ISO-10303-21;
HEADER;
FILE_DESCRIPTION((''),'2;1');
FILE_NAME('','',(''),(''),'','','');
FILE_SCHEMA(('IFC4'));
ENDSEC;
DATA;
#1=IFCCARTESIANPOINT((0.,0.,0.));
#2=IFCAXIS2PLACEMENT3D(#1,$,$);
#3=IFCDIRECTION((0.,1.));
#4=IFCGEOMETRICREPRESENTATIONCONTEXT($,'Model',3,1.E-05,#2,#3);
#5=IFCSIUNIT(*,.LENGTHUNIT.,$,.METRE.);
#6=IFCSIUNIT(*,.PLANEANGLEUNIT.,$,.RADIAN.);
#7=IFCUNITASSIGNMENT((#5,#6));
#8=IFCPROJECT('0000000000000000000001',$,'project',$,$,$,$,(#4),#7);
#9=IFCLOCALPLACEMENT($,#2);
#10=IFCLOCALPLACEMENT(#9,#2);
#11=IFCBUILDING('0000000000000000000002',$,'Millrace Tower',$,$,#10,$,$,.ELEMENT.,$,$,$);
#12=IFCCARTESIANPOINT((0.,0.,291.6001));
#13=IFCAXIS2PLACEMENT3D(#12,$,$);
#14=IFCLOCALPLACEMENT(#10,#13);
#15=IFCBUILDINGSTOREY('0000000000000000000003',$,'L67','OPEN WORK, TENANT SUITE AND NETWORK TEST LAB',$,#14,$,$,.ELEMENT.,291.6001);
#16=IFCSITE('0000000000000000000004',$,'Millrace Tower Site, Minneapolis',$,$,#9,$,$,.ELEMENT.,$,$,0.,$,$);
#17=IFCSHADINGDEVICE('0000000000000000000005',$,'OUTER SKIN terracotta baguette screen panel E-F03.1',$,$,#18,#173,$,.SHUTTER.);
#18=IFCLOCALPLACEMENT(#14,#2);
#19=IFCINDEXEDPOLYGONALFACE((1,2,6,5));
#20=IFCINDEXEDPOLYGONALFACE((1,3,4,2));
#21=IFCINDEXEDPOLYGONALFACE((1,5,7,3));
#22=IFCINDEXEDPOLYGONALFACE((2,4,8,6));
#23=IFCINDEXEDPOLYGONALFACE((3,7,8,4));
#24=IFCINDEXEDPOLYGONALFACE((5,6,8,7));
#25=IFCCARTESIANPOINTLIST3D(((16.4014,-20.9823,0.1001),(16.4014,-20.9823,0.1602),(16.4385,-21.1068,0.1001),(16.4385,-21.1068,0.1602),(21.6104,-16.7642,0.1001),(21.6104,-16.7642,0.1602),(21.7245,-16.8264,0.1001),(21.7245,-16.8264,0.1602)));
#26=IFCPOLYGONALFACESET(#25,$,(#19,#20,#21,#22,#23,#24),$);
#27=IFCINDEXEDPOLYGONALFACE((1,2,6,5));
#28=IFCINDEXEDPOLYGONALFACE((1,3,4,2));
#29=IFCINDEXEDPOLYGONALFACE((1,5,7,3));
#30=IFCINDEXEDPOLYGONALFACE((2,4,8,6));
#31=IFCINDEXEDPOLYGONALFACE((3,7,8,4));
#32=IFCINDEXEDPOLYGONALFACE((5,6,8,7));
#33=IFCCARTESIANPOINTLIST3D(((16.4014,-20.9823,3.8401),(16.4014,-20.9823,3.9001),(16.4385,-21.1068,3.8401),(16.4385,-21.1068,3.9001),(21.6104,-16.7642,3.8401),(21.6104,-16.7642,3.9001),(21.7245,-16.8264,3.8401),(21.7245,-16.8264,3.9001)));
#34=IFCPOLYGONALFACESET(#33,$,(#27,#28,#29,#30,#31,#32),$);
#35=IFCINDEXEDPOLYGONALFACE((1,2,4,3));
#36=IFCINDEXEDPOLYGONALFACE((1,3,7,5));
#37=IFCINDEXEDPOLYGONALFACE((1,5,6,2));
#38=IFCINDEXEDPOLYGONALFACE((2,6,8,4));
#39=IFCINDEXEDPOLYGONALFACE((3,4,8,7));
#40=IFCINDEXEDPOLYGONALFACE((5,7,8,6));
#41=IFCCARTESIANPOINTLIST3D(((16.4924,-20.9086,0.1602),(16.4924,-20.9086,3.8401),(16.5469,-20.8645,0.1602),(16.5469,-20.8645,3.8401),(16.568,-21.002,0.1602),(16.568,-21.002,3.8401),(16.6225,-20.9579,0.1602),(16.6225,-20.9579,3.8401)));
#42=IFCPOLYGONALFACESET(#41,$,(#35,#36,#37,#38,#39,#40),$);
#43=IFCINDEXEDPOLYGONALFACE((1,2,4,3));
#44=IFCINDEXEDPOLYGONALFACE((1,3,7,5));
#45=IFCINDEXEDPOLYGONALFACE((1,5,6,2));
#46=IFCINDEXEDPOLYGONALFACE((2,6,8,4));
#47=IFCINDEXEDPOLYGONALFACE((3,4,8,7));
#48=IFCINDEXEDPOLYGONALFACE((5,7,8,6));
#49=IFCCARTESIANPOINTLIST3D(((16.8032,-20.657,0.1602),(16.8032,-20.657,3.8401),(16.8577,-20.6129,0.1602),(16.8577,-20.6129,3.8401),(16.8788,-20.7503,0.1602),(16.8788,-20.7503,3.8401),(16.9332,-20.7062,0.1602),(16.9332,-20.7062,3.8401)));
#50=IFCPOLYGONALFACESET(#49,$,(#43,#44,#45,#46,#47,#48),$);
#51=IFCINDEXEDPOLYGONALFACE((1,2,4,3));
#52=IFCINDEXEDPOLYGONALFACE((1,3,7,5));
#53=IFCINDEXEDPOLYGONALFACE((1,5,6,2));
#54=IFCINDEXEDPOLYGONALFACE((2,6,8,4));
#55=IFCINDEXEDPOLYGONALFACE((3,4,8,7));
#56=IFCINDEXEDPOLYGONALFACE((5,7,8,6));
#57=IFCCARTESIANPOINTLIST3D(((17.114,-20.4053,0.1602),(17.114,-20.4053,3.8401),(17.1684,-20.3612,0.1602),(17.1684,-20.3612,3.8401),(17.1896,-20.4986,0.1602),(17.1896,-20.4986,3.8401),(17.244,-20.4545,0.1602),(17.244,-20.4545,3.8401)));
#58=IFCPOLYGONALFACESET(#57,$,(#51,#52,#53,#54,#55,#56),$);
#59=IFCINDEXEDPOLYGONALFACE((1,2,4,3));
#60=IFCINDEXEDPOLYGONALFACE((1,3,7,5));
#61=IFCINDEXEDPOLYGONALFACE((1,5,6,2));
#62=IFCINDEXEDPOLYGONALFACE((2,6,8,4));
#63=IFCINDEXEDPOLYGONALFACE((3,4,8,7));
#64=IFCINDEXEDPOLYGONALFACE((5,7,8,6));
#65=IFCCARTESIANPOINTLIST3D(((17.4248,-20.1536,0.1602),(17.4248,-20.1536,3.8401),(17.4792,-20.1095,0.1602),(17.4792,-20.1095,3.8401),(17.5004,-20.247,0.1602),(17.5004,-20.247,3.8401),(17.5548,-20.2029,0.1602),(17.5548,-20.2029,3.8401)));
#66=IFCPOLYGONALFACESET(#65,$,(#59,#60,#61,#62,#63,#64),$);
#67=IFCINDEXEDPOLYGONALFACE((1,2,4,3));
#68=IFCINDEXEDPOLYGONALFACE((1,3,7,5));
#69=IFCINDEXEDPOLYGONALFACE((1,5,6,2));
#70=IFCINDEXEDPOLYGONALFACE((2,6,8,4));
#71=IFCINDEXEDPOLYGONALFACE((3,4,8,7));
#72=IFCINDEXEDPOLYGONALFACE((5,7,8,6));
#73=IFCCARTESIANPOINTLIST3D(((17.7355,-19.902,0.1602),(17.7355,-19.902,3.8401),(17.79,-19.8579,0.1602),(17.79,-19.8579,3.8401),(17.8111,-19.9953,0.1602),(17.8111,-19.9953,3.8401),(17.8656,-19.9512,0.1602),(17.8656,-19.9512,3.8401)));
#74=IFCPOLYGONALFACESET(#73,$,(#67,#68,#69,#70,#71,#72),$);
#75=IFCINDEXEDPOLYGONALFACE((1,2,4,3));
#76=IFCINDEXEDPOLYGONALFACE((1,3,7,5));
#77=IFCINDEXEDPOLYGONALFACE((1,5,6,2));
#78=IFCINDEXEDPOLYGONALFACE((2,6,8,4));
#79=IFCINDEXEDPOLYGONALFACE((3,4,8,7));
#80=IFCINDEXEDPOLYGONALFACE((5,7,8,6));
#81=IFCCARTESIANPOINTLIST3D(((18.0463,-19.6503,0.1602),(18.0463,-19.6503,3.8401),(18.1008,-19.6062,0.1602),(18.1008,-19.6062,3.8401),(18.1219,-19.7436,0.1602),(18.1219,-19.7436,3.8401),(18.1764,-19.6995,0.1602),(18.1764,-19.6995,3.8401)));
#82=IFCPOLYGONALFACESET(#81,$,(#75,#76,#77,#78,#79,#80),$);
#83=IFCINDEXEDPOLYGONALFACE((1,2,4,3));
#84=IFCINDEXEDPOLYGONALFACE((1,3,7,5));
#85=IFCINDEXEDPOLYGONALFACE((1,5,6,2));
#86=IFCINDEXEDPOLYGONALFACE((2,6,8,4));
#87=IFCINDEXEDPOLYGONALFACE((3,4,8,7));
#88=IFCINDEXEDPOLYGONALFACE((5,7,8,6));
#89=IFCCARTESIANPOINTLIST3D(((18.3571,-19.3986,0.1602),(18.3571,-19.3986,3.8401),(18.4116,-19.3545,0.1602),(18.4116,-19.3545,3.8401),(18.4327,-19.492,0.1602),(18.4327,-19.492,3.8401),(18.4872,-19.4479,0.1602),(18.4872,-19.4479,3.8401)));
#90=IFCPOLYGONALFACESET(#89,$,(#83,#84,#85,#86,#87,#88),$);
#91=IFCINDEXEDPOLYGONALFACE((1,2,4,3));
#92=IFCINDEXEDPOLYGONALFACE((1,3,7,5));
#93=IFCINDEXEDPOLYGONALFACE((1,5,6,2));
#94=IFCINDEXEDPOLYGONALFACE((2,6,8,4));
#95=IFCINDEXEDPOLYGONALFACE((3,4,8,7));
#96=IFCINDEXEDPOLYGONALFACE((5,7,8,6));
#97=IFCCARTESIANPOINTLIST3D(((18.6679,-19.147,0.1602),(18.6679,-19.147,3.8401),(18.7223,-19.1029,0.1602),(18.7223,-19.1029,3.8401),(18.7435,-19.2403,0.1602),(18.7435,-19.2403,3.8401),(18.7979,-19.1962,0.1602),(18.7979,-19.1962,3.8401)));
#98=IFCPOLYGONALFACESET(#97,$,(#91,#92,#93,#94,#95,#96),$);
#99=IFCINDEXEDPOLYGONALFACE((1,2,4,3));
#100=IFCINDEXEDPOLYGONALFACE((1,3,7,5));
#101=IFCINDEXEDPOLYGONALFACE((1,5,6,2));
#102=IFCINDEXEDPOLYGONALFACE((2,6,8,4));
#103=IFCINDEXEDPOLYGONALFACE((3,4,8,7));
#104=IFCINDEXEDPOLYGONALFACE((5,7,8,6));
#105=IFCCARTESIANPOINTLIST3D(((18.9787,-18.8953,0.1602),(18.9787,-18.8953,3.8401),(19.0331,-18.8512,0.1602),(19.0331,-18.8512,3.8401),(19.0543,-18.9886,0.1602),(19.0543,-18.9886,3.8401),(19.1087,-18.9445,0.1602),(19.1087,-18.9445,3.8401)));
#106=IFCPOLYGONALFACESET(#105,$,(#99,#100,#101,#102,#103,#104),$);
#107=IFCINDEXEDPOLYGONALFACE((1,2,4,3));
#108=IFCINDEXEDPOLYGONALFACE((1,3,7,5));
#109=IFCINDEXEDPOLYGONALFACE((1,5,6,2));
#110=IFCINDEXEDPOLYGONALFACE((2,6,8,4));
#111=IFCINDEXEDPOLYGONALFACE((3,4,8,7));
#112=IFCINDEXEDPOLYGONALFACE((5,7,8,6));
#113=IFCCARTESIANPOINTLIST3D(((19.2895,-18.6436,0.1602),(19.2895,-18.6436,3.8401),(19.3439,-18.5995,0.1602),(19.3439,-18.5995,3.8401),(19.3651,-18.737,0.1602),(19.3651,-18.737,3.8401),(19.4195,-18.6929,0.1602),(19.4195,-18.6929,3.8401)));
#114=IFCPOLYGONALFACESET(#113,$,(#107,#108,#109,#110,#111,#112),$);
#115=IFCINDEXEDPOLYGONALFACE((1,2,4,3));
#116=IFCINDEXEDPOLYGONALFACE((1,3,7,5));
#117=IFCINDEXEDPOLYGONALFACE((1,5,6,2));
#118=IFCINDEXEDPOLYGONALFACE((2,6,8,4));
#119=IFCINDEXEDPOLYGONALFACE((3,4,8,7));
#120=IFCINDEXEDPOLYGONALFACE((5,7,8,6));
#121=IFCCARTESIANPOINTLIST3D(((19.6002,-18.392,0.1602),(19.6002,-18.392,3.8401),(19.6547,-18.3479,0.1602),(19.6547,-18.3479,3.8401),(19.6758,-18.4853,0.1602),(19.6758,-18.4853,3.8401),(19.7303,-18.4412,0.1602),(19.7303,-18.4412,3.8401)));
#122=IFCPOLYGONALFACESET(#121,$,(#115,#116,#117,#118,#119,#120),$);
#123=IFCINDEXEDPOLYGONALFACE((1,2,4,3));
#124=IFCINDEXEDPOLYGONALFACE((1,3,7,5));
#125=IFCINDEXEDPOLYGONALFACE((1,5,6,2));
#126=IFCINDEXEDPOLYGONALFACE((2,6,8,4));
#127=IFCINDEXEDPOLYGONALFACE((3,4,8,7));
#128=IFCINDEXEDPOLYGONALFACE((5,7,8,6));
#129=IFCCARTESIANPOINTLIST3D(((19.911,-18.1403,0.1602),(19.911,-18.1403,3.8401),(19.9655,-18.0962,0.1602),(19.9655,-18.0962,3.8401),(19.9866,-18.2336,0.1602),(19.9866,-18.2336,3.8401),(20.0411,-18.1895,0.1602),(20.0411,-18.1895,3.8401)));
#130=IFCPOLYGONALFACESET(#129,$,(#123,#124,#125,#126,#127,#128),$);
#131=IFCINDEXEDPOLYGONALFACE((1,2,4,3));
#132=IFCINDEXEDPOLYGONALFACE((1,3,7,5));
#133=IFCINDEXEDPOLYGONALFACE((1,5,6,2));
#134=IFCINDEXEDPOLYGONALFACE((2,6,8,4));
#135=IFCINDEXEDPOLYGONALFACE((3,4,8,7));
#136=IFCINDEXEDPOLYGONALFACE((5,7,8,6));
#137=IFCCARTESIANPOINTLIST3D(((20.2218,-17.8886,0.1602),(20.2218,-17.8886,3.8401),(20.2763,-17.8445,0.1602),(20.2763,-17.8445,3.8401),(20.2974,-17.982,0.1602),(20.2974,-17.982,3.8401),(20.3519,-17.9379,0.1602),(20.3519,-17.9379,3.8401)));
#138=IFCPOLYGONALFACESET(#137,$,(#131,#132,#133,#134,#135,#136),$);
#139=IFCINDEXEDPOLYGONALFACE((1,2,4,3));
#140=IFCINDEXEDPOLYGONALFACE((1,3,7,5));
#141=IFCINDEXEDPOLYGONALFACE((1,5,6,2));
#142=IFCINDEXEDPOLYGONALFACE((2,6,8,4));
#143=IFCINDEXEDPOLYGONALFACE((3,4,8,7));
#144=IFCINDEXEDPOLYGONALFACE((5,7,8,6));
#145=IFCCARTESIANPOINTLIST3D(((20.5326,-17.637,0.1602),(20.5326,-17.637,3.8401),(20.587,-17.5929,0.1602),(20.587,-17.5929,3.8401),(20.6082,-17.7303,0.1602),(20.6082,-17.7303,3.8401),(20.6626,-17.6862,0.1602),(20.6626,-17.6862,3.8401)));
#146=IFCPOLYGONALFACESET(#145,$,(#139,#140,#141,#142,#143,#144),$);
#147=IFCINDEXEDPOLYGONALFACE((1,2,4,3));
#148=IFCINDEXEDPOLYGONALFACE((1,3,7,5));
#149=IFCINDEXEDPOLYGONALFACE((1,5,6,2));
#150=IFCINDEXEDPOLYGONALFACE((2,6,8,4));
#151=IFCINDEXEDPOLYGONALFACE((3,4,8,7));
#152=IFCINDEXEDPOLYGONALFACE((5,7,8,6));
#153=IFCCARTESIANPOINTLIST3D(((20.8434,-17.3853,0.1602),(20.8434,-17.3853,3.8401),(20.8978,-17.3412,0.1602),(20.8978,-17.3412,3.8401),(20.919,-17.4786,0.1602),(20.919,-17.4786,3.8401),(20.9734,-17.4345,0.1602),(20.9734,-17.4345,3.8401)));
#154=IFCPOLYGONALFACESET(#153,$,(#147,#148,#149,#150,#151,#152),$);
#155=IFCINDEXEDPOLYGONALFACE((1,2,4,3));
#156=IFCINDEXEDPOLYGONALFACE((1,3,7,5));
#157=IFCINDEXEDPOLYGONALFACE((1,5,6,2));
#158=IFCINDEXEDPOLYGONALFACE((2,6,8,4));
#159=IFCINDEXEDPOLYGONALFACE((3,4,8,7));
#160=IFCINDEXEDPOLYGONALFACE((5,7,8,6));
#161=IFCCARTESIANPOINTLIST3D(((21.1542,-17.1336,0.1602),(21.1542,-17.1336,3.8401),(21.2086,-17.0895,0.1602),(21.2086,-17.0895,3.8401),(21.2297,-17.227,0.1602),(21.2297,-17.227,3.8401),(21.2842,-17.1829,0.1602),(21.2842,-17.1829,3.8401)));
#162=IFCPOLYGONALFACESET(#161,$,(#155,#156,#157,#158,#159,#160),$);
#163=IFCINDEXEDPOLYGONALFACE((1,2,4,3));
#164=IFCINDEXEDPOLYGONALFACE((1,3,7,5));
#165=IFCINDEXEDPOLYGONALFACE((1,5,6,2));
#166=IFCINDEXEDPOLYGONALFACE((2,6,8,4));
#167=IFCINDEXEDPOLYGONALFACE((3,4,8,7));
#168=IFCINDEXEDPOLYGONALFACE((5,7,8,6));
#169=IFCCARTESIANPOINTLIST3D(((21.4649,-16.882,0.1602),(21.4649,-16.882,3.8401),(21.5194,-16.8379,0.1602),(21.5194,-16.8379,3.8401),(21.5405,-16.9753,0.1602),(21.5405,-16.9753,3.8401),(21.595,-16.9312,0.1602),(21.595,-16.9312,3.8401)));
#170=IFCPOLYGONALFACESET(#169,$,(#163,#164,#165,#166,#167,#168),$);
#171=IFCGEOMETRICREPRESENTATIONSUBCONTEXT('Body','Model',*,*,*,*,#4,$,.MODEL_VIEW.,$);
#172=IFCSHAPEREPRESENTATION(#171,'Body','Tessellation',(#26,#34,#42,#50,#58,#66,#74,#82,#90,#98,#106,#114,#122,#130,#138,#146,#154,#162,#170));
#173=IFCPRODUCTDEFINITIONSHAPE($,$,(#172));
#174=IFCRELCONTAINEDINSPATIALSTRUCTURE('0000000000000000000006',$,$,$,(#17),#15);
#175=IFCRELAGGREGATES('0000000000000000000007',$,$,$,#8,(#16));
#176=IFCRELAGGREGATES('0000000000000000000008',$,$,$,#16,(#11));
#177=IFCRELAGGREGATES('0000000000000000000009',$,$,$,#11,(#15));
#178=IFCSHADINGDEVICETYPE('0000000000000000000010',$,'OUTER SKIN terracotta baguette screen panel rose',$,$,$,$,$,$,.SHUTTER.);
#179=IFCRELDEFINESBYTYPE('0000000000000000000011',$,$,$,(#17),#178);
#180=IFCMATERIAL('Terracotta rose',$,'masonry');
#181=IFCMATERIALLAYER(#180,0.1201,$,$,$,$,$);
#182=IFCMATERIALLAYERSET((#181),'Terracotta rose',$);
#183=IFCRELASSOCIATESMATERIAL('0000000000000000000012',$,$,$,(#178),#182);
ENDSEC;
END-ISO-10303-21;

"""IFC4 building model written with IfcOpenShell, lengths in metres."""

from ifc_helpers import new_model, entity, si_unit, direction, frame, frame_2d, origin, origin_2d, place, context, subcontext, project, spatial, rectangle, extrude, source, transform, mapped, material, layer, layer_set, type_object, element, save


model = new_model("IFC4")

# Units and contexts
model_context = context("Model", 3, precision=1e-05, world=origin(), true_north=direction((0.0, 1.0)))
body_context = subcontext(model_context, "Body", "Model", "MODEL_VIEW")
ifc_project = project(units=[si_unit("LENGTHUNIT", "METRE"), si_unit("PLANEANGLEUNIT", "RADIAN")], contexts=[model_context])

# Site, building, storey
site_placement = place(None, origin())
site = spatial("IfcSite", under=ifc_project, at=site_placement, Name="Millrace Tower Site, Minneapolis", CompositionType="ELEMENT", RefElevation=0.0)
building_placement = place(site_placement, origin())
building = spatial("IfcBuilding", under=site, at=building_placement, Name="Millrace Tower", CompositionType="ELEMENT")
storey_placement = place(building_placement, frame((0.0, 0.0, 291.6001)))
storey = spatial("IfcBuildingStorey", under=building, at=storey_placement, Name="L67", Description="OPEN WORK, TENANT SUITE AND NETWORK TEST LAB", CompositionType="ELEMENT", Elevation=291.6001)

# Shading device
ifc_material_1 = material(Name="Terracotta rose", Category="masonry")
ifc_layer_1 = layer(ifc_material_1, 0.1201)
ifc_layer_set_1 = layer_set([ifc_layer_1], Name="Terracotta rose")
shading_device_type = type_object("IfcShadingDeviceType", Name="OUTER SKIN terracotta baguette screen panel rose", PredefinedType="SHUTTER", material=ifc_layer_set_1)
cartesian_point_1 = entity("IfcCartesianPoint", [-3.3513, 0.0601])
shared_polyline_1 = entity("IfcPolyline", [cartesian_point_1, entity("IfcCartesianPoint", [3.3513, 0.0601]), entity("IfcCartesianPoint", [3.4009, -0.0601]), entity("IfcCartesianPoint", [-3.4009, -0.0601]), cartesian_point_1])
shared_shape_1 = source(origin(), body_context, "Body", "SweptSolid", [
    entity("IfcExtrudedAreaSolid", entity("IfcArbitraryClosedProfileDef", "AREA", None, shared_polyline_1), entity("IfcAxis2Placement3D", entity("IfcCartesianPoint", [0.0, 0.0, 0.0])), entity("IfcDirection", [0.0, 0.0, 1.0]), 0.0601),
    entity("IfcExtrudedAreaSolid", entity("IfcArbitraryClosedProfileDef", "AREA", None, shared_polyline_1), entity("IfcAxis2Placement3D", entity("IfcCartesianPoint", [0.0, 0.0, 3.74])), entity("IfcDirection", [0.0, 0.0, 1.0]), 0.0601),
    extrude(rectangle(XDim=0.0701, YDim=0.1201, at=frame_2d((-3.1992, 0.0))), frame((0.0, 0.0, 0.0601)), (0.0, 0.0, 1.0), 3.6799),
    extrude(rectangle(XDim=0.0701, YDim=0.1201, at=frame_2d((-2.7993, 0.0))), frame((0.0, 0.0, 0.0601)), (0.0, 0.0, 1.0), 3.6799),
    extrude(rectangle(XDim=0.0701, YDim=0.1201, at=frame_2d((-2.3994, 0.0))), frame((0.0, 0.0, 0.0601)), (0.0, 0.0, 1.0), 3.6799),
    extrude(rectangle(XDim=0.0701, YDim=0.1201, at=frame_2d((-1.9995, 0.0))), frame((0.0, 0.0, 0.0601)), (0.0, 0.0, 1.0), 3.6799),
    extrude(rectangle(XDim=0.0701, YDim=0.1201, at=frame_2d((-1.5996, 0.0))), frame((0.0, 0.0, 0.0601)), (0.0, 0.0, 1.0), 3.6799),
    extrude(rectangle(XDim=0.0701, YDim=0.1201, at=frame_2d((-1.1997, 0.0))), frame((0.0, 0.0, 0.0601)), (0.0, 0.0, 1.0), 3.6799),
    extrude(rectangle(XDim=0.0701, YDim=0.1201, at=frame_2d((-0.7998, 0.0))), frame((0.0, 0.0, 0.0601)), (0.0, 0.0, 1.0), 3.6799),
    extrude(rectangle(XDim=0.0701, YDim=0.1201, at=frame_2d((-0.3999, 0.0))), frame((0.0, 0.0, 0.0601)), (0.0, 0.0, 1.0), 3.6799),
    extrude(rectangle(XDim=0.0701, YDim=0.1201, at=origin_2d()), frame((0.0, 0.0, 0.0601)), (0.0, 0.0, 1.0), 3.6799),
    extrude(rectangle(XDim=0.0701, YDim=0.1201, at=frame_2d((0.3999, 0.0))), frame((0.0, 0.0, 0.0601)), (0.0, 0.0, 1.0), 3.6799),
    extrude(rectangle(XDim=0.0701, YDim=0.1201, at=frame_2d((0.7998, 0.0))), frame((0.0, 0.0, 0.0601)), (0.0, 0.0, 1.0), 3.6799),
    extrude(rectangle(XDim=0.0701, YDim=0.1201, at=frame_2d((1.1997, 0.0))), frame((0.0, 0.0, 0.0601)), (0.0, 0.0, 1.0), 3.6799),
    extrude(rectangle(XDim=0.0701, YDim=0.1201, at=frame_2d((1.5996, 0.0))), frame((0.0, 0.0, 0.0601)), (0.0, 0.0, 1.0), 3.6799),
    extrude(rectangle(XDim=0.0701, YDim=0.1201, at=frame_2d((1.9995, 0.0))), frame((0.0, 0.0, 0.0601)), (0.0, 0.0, 1.0), 3.6799),
    extrude(rectangle(XDim=0.0701, YDim=0.1201, at=frame_2d((2.3994, 0.0))), frame((0.0, 0.0, 0.0601)), (0.0, 0.0, 1.0), 3.6799),
    extrude(rectangle(XDim=0.0701, YDim=0.1201, at=frame_2d((2.7993, 0.0))), frame((0.0, 0.0, 0.0601)), (0.0, 0.0, 1.0), 3.6799),
    extrude(rectangle(XDim=0.0701, YDim=0.1201, at=frame_2d((3.1992, 0.0))), frame((0.0, 0.0, 0.0601)), (0.0, 0.0, 1.0), 3.6799),
])
shading_device_1_placement = place(storey_placement, frame((19.0437, -18.9199, 0.1001), z_axis=(0.0, 0.0, 1.0), x_axis=(0.777146, 0.62932, 0.0)))
element("IfcShadingDevice", 1, at=shading_device_1_placement, inside=storey, type_object=shading_device_type, Name="OUTER SKIN terracotta baguette screen panel E-F03.1", PredefinedType="SHUTTER", context=body_context, shape_type="MappedRepresentation", body=[
    mapped(shared_shape_1, transform((0.0, 0.0, 0.0), scale=1.0)),
])

save(model, "model.ifc")
